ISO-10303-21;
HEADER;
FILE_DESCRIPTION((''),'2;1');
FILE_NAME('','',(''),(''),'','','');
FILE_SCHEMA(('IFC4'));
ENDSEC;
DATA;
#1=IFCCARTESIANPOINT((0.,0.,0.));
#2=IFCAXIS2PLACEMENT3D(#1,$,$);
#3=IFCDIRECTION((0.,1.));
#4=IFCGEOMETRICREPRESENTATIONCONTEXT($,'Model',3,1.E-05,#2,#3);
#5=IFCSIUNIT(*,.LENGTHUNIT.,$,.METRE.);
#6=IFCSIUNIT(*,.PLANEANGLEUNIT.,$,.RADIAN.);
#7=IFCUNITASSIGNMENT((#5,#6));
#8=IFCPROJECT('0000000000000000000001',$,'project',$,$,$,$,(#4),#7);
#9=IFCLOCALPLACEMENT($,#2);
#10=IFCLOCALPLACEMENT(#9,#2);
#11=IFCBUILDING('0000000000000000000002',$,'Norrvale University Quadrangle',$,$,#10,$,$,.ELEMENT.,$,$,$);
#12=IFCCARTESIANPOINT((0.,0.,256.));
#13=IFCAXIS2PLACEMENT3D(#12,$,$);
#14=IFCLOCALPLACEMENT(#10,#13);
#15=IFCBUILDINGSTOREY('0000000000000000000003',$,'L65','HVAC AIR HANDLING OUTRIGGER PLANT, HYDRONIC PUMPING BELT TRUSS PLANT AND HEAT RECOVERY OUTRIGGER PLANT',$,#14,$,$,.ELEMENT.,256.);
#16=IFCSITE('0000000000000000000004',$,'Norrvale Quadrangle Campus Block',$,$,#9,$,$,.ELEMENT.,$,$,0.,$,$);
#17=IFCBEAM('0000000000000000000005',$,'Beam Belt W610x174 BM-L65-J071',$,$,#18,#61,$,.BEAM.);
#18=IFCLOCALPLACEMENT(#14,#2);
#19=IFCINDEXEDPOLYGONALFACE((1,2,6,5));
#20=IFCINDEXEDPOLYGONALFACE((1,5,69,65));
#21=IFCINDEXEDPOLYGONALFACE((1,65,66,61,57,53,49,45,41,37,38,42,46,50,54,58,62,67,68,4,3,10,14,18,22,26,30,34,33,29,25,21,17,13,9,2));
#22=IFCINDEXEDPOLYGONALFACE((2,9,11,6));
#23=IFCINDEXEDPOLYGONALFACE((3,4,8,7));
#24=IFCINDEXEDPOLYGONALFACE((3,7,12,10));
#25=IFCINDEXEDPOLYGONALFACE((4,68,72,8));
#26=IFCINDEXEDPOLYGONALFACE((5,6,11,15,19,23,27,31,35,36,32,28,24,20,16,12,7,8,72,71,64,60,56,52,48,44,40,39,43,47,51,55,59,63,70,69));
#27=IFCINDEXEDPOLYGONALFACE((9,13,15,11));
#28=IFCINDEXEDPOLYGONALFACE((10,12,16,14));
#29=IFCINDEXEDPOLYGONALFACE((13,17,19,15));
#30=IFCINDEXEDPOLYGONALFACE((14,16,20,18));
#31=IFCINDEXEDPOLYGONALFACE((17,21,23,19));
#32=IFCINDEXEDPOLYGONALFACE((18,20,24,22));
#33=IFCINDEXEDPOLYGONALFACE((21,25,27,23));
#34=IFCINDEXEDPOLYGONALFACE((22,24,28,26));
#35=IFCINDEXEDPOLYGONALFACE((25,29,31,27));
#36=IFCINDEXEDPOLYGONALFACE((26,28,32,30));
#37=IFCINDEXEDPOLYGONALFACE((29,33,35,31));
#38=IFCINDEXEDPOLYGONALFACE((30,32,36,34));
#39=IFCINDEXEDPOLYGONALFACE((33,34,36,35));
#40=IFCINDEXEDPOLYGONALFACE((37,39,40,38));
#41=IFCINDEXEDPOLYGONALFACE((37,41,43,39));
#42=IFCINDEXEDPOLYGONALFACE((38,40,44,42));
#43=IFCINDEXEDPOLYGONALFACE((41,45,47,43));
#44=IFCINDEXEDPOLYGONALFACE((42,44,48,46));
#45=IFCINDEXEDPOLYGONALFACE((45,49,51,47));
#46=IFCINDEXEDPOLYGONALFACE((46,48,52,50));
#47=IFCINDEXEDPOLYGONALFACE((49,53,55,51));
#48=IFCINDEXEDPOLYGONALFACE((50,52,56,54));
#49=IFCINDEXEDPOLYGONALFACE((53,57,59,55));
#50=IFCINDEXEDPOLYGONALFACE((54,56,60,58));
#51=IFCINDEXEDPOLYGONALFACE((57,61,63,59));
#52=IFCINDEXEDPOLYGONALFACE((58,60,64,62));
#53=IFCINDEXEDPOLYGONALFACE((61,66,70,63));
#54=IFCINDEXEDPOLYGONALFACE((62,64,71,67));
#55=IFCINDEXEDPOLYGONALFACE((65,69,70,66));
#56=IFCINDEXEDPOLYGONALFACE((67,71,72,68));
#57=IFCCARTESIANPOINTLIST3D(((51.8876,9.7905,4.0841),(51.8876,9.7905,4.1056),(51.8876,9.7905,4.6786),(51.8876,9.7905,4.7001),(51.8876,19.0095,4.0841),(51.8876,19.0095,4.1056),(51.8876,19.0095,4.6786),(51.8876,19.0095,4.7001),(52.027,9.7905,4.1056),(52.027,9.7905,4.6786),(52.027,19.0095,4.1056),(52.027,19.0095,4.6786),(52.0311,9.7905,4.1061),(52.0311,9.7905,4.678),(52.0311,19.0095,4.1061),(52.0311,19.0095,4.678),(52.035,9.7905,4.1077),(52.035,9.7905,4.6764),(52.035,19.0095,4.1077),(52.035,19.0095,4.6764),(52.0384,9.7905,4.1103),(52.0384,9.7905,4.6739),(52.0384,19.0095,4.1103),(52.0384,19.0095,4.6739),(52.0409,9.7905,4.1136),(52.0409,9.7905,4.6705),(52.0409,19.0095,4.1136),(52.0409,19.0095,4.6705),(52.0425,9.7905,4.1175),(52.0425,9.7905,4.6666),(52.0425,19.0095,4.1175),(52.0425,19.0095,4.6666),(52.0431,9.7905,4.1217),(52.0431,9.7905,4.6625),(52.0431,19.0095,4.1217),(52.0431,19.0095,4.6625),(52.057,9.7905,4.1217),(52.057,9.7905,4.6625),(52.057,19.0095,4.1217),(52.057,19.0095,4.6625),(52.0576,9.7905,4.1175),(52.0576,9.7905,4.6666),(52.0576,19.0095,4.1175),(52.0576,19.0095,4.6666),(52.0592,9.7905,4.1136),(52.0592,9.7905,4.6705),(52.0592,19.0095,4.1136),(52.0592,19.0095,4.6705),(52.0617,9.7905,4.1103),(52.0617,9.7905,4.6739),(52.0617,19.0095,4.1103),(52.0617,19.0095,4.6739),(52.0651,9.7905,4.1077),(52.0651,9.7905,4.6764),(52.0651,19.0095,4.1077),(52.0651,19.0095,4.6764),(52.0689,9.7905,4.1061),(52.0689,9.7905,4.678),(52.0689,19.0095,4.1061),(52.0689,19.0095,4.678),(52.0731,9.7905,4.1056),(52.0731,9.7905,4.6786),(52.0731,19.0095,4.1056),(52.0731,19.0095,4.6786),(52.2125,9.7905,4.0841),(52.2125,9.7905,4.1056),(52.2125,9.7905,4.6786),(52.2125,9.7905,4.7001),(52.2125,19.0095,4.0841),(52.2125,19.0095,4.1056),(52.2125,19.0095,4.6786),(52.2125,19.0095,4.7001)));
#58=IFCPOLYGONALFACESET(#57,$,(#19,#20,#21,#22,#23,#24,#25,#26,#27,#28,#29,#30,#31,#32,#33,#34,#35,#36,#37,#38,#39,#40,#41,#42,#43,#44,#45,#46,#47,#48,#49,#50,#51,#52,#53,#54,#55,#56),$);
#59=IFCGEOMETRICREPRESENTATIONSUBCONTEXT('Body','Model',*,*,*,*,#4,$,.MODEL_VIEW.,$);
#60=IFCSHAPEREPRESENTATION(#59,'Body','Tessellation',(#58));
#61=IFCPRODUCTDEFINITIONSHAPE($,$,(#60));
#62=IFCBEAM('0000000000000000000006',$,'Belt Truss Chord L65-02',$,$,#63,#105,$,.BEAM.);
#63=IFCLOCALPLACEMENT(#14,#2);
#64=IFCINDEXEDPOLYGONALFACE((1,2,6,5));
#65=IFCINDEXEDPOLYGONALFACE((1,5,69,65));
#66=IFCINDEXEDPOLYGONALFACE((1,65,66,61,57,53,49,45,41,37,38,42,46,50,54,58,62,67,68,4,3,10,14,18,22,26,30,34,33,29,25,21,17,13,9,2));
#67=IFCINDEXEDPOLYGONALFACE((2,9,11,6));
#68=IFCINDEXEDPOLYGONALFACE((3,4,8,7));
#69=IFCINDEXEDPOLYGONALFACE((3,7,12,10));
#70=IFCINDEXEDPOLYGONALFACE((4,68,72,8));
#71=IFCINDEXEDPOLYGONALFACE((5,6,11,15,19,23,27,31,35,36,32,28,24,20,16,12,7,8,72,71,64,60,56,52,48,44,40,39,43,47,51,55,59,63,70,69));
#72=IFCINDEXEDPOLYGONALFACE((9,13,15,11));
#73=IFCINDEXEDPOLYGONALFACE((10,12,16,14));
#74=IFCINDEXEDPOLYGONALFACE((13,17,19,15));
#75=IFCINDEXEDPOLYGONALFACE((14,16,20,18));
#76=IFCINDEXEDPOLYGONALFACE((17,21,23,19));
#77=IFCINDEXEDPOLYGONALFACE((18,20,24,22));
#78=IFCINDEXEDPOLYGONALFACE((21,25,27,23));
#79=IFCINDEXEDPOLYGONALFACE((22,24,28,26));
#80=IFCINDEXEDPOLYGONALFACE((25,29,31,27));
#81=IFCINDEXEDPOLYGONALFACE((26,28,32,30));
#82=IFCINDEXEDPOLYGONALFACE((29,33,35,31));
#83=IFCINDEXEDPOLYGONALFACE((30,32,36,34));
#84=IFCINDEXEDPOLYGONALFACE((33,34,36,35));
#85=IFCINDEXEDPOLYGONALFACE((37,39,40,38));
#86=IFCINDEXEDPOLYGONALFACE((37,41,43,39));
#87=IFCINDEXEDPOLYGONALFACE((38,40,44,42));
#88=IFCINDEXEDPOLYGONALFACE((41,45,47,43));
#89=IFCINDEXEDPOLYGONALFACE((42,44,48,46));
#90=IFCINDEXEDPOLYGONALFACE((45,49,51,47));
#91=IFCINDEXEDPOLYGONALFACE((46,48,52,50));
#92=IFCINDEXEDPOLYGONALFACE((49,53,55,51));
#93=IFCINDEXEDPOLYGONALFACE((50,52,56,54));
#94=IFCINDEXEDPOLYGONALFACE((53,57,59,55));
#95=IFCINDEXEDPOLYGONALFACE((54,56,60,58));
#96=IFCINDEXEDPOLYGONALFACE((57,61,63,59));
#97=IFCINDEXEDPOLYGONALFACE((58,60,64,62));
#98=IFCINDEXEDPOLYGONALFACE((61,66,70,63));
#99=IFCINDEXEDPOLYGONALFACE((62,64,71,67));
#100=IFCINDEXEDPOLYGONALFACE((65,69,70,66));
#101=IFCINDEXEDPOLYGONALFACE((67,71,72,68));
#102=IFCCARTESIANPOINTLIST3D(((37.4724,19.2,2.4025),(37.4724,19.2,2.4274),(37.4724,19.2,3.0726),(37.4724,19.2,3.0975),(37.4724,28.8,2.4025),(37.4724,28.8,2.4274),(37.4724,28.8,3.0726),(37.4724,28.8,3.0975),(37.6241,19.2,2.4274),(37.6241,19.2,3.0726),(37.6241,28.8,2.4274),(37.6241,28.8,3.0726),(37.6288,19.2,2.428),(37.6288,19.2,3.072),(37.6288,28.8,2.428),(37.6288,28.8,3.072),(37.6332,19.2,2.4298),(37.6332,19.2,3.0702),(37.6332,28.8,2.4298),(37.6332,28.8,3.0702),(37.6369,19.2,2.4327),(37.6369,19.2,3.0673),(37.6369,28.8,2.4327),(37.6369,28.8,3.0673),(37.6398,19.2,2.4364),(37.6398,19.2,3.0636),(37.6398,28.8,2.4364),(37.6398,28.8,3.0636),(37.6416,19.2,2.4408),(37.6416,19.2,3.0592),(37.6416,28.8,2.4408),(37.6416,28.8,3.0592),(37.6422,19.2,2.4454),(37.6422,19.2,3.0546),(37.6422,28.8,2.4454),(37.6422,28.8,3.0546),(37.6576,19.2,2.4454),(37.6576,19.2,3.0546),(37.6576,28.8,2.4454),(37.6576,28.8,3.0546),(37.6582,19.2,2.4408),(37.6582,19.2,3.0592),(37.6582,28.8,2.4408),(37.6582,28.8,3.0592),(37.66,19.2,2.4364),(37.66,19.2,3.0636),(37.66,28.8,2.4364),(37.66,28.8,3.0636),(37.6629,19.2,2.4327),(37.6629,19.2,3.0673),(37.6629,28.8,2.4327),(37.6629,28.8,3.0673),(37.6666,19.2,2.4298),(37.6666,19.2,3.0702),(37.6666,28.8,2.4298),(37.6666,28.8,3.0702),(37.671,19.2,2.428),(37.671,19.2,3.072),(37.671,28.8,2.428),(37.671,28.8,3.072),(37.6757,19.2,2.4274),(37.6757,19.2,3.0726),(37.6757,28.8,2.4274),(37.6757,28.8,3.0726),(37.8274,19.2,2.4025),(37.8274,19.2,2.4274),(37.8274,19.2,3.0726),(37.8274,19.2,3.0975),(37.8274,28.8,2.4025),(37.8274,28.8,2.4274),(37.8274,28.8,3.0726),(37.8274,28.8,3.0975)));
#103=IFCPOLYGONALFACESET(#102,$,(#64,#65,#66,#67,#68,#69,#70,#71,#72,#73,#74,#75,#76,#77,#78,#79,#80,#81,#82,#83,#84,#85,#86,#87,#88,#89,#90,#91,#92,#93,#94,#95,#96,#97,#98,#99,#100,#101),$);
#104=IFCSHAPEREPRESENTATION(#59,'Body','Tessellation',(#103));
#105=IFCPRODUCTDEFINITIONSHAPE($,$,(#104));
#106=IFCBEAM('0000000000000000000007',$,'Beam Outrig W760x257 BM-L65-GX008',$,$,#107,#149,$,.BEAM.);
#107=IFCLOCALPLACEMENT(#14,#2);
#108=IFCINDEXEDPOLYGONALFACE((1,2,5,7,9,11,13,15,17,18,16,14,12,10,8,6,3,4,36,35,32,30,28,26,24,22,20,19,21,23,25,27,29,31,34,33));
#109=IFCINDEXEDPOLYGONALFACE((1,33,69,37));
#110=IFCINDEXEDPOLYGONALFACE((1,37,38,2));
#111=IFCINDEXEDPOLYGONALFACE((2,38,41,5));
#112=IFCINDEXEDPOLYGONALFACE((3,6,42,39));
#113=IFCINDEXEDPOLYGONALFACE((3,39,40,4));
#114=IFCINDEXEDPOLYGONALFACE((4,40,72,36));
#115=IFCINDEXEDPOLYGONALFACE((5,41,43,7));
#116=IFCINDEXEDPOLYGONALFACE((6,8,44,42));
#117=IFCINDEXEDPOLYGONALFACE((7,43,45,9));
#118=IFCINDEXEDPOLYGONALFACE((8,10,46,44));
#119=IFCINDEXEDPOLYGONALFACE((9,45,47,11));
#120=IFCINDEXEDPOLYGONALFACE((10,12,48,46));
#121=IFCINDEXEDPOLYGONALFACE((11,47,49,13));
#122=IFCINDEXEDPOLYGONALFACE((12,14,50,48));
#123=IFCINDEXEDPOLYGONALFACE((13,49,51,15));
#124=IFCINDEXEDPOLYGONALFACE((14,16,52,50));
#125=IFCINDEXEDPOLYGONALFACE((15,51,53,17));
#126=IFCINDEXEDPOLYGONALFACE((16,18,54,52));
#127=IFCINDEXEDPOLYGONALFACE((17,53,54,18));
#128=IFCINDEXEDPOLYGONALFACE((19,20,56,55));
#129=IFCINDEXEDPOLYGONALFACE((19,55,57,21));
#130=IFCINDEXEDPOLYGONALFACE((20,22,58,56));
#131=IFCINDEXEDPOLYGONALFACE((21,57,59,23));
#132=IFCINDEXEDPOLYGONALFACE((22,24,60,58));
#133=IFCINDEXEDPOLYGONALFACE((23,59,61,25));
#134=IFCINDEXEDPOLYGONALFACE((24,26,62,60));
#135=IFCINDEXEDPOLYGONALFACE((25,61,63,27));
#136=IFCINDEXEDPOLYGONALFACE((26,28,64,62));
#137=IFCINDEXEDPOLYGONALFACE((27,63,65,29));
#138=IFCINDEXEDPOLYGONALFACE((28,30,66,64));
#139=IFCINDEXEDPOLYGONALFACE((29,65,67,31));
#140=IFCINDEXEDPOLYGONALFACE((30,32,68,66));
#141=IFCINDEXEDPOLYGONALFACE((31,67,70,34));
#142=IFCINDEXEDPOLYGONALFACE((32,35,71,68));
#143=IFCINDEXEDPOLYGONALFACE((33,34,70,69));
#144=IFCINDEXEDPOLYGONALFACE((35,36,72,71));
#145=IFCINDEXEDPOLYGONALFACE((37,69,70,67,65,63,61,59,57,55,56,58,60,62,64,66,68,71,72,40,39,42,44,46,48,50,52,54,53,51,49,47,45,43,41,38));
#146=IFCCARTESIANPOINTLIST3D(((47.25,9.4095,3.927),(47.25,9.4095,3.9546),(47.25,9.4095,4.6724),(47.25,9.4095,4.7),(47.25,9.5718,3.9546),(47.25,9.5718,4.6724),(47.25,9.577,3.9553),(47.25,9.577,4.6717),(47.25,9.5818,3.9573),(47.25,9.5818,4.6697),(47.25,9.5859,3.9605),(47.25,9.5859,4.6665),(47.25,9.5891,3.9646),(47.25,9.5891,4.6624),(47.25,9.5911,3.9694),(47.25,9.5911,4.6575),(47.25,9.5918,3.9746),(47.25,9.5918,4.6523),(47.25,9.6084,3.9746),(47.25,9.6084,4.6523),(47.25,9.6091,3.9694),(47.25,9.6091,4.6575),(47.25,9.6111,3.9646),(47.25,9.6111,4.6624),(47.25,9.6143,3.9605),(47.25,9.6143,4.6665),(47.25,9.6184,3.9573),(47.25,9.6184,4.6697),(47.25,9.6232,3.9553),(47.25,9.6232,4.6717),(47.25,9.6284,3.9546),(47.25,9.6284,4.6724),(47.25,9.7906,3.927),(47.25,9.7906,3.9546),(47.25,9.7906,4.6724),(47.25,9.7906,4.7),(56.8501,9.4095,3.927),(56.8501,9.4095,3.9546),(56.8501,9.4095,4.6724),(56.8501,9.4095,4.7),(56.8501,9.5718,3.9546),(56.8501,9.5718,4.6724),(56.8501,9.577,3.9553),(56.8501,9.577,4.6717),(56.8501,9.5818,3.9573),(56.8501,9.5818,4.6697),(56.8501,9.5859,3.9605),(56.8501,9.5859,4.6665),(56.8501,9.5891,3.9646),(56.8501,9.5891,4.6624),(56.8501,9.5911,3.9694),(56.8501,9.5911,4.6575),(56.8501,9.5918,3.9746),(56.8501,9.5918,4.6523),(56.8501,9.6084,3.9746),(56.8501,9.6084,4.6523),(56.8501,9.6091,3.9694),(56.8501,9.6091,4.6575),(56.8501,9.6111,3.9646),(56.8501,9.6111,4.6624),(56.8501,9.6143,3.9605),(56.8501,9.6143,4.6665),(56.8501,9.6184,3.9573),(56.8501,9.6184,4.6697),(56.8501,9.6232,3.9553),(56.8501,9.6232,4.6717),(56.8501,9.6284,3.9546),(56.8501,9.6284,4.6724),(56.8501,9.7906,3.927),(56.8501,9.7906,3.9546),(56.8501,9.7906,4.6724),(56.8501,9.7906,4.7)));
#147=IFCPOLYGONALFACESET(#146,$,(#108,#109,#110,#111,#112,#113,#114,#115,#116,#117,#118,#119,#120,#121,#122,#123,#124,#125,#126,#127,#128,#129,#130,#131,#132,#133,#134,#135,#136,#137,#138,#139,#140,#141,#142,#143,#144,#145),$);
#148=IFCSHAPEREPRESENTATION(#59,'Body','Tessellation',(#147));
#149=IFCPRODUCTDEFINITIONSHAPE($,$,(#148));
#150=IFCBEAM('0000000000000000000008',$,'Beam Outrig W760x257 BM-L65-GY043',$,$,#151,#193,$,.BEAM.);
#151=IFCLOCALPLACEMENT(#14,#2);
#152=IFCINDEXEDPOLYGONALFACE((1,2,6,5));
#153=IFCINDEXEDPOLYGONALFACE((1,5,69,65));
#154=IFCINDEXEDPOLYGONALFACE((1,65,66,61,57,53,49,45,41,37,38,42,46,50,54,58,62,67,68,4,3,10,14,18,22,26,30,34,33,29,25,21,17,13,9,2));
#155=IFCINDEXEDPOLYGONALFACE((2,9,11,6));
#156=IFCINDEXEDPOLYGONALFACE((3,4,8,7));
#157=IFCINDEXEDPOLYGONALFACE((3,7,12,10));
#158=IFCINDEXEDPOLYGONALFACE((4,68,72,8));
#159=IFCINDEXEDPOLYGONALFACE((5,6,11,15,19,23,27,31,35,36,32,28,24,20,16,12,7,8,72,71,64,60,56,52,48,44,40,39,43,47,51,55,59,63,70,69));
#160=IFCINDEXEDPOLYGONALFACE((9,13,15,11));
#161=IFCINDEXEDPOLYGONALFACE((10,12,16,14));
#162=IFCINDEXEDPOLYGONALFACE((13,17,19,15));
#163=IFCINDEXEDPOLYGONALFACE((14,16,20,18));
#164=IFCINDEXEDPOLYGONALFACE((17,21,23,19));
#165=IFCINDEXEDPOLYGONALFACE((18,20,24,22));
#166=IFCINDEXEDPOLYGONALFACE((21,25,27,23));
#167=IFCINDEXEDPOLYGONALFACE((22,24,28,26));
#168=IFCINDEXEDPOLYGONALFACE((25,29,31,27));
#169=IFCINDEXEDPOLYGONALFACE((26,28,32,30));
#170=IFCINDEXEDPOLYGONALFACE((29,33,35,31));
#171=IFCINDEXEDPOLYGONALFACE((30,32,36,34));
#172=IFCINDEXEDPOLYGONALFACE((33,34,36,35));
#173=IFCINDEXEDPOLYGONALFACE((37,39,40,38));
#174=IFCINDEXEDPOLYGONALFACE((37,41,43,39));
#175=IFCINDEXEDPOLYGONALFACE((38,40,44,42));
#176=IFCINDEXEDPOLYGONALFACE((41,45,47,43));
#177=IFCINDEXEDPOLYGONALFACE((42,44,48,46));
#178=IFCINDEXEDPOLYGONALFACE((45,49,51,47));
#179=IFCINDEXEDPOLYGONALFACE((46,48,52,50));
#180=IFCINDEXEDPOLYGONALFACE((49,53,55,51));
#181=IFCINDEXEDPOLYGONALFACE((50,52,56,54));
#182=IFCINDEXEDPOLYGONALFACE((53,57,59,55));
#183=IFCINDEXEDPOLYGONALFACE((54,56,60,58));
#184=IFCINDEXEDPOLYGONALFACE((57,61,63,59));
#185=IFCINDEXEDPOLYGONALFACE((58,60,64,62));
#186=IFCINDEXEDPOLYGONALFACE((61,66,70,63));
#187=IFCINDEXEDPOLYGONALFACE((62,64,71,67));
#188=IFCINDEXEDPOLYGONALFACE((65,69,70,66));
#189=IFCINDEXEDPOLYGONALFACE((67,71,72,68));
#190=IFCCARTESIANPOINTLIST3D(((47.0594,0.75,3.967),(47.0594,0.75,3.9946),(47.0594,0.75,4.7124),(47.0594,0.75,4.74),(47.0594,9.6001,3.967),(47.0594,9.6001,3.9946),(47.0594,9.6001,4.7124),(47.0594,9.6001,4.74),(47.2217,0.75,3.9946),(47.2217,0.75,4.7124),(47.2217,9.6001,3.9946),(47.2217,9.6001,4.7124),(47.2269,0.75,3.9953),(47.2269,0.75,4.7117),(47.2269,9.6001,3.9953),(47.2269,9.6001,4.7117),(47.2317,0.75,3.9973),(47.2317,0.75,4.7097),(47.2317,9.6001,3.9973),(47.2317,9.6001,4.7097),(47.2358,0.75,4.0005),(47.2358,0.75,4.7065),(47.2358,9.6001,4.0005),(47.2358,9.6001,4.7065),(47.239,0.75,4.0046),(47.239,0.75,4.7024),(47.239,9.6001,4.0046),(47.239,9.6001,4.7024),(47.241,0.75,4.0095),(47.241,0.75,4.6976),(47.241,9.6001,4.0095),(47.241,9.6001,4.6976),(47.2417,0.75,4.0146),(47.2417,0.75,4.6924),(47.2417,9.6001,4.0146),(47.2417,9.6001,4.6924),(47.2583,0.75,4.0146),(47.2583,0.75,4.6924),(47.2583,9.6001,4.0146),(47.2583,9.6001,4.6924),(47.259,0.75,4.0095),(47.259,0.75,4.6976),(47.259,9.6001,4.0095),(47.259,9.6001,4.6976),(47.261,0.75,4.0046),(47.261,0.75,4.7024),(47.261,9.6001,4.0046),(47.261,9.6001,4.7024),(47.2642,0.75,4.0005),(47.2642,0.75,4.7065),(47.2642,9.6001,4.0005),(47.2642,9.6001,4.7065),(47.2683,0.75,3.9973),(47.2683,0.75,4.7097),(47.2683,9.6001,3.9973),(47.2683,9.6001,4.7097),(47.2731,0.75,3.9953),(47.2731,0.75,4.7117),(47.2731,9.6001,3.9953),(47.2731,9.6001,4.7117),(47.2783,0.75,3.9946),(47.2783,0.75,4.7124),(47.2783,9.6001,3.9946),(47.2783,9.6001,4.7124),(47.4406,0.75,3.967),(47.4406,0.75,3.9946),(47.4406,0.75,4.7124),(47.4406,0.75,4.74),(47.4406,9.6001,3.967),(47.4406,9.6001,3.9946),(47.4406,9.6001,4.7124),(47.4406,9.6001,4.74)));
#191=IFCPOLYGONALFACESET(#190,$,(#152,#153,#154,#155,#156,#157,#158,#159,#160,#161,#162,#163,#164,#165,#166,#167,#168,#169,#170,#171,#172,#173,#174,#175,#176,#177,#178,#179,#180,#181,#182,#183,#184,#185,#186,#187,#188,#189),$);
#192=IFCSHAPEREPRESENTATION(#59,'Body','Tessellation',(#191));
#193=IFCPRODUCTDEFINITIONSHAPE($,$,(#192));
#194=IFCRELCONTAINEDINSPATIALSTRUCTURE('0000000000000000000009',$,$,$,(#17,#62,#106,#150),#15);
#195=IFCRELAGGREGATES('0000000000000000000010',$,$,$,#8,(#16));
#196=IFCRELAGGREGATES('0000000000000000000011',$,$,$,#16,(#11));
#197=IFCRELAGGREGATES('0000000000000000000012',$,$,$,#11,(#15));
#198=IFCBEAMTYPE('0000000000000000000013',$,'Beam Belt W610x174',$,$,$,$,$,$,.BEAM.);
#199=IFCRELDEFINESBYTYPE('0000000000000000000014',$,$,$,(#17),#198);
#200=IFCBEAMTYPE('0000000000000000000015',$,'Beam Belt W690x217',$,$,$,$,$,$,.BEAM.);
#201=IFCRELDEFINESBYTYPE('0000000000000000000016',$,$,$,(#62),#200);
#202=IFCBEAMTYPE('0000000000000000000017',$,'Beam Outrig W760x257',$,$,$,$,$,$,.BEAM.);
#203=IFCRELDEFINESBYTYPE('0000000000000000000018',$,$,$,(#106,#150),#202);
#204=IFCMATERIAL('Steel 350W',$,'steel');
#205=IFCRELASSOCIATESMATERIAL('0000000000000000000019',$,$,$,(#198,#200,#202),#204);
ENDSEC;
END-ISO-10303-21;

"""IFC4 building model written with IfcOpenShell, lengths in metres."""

from ifc_helpers import new_model, si_unit, direction, frame, origin, origin_2d, place, context, subcontext, project, spatial, i_section, extrude, material, material_profile, profile_set, type_object, element, save


model = new_model("IFC4")

# Units and contexts
model_context = context("Model", 3, precision=1e-05, world=origin(), true_north=direction((0.0, 1.0)))
body_context = subcontext(model_context, "Body", "Model", "MODEL_VIEW")
ifc_project = project(units=[si_unit("LENGTHUNIT", "METRE"), si_unit("PLANEANGLEUNIT", "RADIAN")], contexts=[model_context])

# Site, building, storey
site_placement = place(None, origin())
site = spatial("IfcSite", under=ifc_project, at=site_placement, Name="Norrvale Quadrangle Campus Block", CompositionType="ELEMENT", RefElevation=0.0)
building_placement = place(site_placement, origin())
building = spatial("IfcBuilding", under=site, at=building_placement, Name="Norrvale University Quadrangle", CompositionType="ELEMENT")
storey_placement = place(building_placement, frame((0.0, 0.0, 256.0)))
storey = spatial("IfcBuildingStorey", under=building, at=storey_placement, Name="L65", Description="HVAC AIR HANDLING OUTRIGGER PLANT, HYDRONIC PUMPING BELT TRUSS PLANT AND HEAT RECOVERY OUTRIGGER PLANT", CompositionType="ELEMENT", Elevation=256.0)

# Beams
ifc_material_1 = material(Name="Steel 350W", Category="steel")
ifc_material_profile_1 = material_profile(ifc_material_1, i_section(OverallWidth=0.325, OverallDepth=0.616, WebThickness=0.0139, FlangeThickness=0.0215, FilletRadius=0.0161, at=origin_2d()), Name="Steel 350W")
ifc_profile_set_1 = profile_set([ifc_material_profile_1], Name="Steel 350W")
beam_type_1 = type_object("IfcBeamType", Name="Beam Belt W610x174", PredefinedType="BEAM", material=ifc_profile_set_1)
for number, where, z_axis, x_axis, name in (
    (1, (52.05, 9.7905, 4.3921), (0.0, 1.0, 0.0), (-1.0, 0.0, 0.0), "Beam Belt W610x174 BM-L65-J071"),
):
    element("IfcBeam", number, at=place(storey_placement, frame(where, z_axis=z_axis, x_axis=x_axis)), inside=storey, type_object=beam_type_1, Name=name, PredefinedType="BEAM", context=body_context, shape_type="SweptSolid", body=[
        extrude(i_section(OverallWidth=0.325, OverallDepth=0.616, WebThickness=0.0139, FlangeThickness=0.0215, FilletRadius=0.0161, at=origin_2d()), origin(), (0.0, 0.0, 1.0), 9.219),
    ])
ifc_material_profile_2 = material_profile(ifc_material_1, i_section(OverallWidth=0.355, OverallDepth=0.6951, WebThickness=0.0154, FlangeThickness=0.0249, FilletRadius=0.0181, at=origin_2d()), Name="Steel 350W")
ifc_profile_set_2 = profile_set([ifc_material_profile_2], Name="Steel 350W")
beam_type_2 = type_object("IfcBeamType", Name="Beam Belt W690x217", PredefinedType="BEAM", material=ifc_profile_set_2)
beam_1_placement = place(storey_placement, frame((37.6499, 19.2, 2.75), z_axis=(0.0, 1.0, 0.0), x_axis=(-1.0, 0.0, 0.0)))
element("IfcBeam", 2, at=beam_1_placement, inside=storey, type_object=beam_type_2, Name="Belt Truss Chord L65-02", PredefinedType="BEAM", context=body_context, shape_type="SweptSolid", body=[
    extrude(i_section(OverallWidth=0.355, OverallDepth=0.6951, WebThickness=0.0154, FlangeThickness=0.0249, FilletRadius=0.0181, at=origin_2d()), origin(), (0.0, 0.0, 1.0), 9.6001),
])
ifc_material_profile_3 = material_profile(ifc_material_1, i_section(OverallWidth=0.3811, OverallDepth=0.7729, WebThickness=0.0166, FlangeThickness=0.0276, FilletRadius=0.02, at=origin_2d()), Name="Steel 350W")
ifc_profile_set_3 = profile_set([ifc_material_profile_3], Name="Steel 350W")
beam_type_3 = type_object("IfcBeamType", Name="Beam Outrig W760x257", PredefinedType="BEAM", material=ifc_profile_set_3)
beam_2_placement = place(storey_placement, frame((47.25, 9.6001, 4.3135), z_axis=(1.0, 0.0, 0.0), x_axis=(0.0, 1.0, 0.0)))
element("IfcBeam", 3, at=beam_2_placement, inside=storey, type_object=beam_type_3, Name="Beam Outrig W760x257 BM-L65-GX008", PredefinedType="BEAM", context=body_context, shape_type="SweptSolid", body=[
    extrude(i_section(OverallWidth=0.3811, OverallDepth=0.7729, WebThickness=0.0166, FlangeThickness=0.0276, FilletRadius=0.02, at=origin_2d()), origin(), (0.0, 0.0, 1.0), 9.6001),
])
beam_3_placement = place(storey_placement, frame((47.25, 0.75, 4.3535), z_axis=(0.0, 1.0, 0.0), x_axis=(-1.0, 0.0, 0.0)))
element("IfcBeam", 4, at=beam_3_placement, inside=storey, type_object=beam_type_3, Name="Beam Outrig W760x257 BM-L65-GY043", PredefinedType="BEAM", context=body_context, shape_type="SweptSolid", body=[
    extrude(i_section(OverallWidth=0.3811, OverallDepth=0.7729, WebThickness=0.0166, FlangeThickness=0.0276, FilletRadius=0.02, at=origin_2d()), origin(), (0.0, 0.0, 1.0), 8.8501),
])

save(model, "model.ifc")
